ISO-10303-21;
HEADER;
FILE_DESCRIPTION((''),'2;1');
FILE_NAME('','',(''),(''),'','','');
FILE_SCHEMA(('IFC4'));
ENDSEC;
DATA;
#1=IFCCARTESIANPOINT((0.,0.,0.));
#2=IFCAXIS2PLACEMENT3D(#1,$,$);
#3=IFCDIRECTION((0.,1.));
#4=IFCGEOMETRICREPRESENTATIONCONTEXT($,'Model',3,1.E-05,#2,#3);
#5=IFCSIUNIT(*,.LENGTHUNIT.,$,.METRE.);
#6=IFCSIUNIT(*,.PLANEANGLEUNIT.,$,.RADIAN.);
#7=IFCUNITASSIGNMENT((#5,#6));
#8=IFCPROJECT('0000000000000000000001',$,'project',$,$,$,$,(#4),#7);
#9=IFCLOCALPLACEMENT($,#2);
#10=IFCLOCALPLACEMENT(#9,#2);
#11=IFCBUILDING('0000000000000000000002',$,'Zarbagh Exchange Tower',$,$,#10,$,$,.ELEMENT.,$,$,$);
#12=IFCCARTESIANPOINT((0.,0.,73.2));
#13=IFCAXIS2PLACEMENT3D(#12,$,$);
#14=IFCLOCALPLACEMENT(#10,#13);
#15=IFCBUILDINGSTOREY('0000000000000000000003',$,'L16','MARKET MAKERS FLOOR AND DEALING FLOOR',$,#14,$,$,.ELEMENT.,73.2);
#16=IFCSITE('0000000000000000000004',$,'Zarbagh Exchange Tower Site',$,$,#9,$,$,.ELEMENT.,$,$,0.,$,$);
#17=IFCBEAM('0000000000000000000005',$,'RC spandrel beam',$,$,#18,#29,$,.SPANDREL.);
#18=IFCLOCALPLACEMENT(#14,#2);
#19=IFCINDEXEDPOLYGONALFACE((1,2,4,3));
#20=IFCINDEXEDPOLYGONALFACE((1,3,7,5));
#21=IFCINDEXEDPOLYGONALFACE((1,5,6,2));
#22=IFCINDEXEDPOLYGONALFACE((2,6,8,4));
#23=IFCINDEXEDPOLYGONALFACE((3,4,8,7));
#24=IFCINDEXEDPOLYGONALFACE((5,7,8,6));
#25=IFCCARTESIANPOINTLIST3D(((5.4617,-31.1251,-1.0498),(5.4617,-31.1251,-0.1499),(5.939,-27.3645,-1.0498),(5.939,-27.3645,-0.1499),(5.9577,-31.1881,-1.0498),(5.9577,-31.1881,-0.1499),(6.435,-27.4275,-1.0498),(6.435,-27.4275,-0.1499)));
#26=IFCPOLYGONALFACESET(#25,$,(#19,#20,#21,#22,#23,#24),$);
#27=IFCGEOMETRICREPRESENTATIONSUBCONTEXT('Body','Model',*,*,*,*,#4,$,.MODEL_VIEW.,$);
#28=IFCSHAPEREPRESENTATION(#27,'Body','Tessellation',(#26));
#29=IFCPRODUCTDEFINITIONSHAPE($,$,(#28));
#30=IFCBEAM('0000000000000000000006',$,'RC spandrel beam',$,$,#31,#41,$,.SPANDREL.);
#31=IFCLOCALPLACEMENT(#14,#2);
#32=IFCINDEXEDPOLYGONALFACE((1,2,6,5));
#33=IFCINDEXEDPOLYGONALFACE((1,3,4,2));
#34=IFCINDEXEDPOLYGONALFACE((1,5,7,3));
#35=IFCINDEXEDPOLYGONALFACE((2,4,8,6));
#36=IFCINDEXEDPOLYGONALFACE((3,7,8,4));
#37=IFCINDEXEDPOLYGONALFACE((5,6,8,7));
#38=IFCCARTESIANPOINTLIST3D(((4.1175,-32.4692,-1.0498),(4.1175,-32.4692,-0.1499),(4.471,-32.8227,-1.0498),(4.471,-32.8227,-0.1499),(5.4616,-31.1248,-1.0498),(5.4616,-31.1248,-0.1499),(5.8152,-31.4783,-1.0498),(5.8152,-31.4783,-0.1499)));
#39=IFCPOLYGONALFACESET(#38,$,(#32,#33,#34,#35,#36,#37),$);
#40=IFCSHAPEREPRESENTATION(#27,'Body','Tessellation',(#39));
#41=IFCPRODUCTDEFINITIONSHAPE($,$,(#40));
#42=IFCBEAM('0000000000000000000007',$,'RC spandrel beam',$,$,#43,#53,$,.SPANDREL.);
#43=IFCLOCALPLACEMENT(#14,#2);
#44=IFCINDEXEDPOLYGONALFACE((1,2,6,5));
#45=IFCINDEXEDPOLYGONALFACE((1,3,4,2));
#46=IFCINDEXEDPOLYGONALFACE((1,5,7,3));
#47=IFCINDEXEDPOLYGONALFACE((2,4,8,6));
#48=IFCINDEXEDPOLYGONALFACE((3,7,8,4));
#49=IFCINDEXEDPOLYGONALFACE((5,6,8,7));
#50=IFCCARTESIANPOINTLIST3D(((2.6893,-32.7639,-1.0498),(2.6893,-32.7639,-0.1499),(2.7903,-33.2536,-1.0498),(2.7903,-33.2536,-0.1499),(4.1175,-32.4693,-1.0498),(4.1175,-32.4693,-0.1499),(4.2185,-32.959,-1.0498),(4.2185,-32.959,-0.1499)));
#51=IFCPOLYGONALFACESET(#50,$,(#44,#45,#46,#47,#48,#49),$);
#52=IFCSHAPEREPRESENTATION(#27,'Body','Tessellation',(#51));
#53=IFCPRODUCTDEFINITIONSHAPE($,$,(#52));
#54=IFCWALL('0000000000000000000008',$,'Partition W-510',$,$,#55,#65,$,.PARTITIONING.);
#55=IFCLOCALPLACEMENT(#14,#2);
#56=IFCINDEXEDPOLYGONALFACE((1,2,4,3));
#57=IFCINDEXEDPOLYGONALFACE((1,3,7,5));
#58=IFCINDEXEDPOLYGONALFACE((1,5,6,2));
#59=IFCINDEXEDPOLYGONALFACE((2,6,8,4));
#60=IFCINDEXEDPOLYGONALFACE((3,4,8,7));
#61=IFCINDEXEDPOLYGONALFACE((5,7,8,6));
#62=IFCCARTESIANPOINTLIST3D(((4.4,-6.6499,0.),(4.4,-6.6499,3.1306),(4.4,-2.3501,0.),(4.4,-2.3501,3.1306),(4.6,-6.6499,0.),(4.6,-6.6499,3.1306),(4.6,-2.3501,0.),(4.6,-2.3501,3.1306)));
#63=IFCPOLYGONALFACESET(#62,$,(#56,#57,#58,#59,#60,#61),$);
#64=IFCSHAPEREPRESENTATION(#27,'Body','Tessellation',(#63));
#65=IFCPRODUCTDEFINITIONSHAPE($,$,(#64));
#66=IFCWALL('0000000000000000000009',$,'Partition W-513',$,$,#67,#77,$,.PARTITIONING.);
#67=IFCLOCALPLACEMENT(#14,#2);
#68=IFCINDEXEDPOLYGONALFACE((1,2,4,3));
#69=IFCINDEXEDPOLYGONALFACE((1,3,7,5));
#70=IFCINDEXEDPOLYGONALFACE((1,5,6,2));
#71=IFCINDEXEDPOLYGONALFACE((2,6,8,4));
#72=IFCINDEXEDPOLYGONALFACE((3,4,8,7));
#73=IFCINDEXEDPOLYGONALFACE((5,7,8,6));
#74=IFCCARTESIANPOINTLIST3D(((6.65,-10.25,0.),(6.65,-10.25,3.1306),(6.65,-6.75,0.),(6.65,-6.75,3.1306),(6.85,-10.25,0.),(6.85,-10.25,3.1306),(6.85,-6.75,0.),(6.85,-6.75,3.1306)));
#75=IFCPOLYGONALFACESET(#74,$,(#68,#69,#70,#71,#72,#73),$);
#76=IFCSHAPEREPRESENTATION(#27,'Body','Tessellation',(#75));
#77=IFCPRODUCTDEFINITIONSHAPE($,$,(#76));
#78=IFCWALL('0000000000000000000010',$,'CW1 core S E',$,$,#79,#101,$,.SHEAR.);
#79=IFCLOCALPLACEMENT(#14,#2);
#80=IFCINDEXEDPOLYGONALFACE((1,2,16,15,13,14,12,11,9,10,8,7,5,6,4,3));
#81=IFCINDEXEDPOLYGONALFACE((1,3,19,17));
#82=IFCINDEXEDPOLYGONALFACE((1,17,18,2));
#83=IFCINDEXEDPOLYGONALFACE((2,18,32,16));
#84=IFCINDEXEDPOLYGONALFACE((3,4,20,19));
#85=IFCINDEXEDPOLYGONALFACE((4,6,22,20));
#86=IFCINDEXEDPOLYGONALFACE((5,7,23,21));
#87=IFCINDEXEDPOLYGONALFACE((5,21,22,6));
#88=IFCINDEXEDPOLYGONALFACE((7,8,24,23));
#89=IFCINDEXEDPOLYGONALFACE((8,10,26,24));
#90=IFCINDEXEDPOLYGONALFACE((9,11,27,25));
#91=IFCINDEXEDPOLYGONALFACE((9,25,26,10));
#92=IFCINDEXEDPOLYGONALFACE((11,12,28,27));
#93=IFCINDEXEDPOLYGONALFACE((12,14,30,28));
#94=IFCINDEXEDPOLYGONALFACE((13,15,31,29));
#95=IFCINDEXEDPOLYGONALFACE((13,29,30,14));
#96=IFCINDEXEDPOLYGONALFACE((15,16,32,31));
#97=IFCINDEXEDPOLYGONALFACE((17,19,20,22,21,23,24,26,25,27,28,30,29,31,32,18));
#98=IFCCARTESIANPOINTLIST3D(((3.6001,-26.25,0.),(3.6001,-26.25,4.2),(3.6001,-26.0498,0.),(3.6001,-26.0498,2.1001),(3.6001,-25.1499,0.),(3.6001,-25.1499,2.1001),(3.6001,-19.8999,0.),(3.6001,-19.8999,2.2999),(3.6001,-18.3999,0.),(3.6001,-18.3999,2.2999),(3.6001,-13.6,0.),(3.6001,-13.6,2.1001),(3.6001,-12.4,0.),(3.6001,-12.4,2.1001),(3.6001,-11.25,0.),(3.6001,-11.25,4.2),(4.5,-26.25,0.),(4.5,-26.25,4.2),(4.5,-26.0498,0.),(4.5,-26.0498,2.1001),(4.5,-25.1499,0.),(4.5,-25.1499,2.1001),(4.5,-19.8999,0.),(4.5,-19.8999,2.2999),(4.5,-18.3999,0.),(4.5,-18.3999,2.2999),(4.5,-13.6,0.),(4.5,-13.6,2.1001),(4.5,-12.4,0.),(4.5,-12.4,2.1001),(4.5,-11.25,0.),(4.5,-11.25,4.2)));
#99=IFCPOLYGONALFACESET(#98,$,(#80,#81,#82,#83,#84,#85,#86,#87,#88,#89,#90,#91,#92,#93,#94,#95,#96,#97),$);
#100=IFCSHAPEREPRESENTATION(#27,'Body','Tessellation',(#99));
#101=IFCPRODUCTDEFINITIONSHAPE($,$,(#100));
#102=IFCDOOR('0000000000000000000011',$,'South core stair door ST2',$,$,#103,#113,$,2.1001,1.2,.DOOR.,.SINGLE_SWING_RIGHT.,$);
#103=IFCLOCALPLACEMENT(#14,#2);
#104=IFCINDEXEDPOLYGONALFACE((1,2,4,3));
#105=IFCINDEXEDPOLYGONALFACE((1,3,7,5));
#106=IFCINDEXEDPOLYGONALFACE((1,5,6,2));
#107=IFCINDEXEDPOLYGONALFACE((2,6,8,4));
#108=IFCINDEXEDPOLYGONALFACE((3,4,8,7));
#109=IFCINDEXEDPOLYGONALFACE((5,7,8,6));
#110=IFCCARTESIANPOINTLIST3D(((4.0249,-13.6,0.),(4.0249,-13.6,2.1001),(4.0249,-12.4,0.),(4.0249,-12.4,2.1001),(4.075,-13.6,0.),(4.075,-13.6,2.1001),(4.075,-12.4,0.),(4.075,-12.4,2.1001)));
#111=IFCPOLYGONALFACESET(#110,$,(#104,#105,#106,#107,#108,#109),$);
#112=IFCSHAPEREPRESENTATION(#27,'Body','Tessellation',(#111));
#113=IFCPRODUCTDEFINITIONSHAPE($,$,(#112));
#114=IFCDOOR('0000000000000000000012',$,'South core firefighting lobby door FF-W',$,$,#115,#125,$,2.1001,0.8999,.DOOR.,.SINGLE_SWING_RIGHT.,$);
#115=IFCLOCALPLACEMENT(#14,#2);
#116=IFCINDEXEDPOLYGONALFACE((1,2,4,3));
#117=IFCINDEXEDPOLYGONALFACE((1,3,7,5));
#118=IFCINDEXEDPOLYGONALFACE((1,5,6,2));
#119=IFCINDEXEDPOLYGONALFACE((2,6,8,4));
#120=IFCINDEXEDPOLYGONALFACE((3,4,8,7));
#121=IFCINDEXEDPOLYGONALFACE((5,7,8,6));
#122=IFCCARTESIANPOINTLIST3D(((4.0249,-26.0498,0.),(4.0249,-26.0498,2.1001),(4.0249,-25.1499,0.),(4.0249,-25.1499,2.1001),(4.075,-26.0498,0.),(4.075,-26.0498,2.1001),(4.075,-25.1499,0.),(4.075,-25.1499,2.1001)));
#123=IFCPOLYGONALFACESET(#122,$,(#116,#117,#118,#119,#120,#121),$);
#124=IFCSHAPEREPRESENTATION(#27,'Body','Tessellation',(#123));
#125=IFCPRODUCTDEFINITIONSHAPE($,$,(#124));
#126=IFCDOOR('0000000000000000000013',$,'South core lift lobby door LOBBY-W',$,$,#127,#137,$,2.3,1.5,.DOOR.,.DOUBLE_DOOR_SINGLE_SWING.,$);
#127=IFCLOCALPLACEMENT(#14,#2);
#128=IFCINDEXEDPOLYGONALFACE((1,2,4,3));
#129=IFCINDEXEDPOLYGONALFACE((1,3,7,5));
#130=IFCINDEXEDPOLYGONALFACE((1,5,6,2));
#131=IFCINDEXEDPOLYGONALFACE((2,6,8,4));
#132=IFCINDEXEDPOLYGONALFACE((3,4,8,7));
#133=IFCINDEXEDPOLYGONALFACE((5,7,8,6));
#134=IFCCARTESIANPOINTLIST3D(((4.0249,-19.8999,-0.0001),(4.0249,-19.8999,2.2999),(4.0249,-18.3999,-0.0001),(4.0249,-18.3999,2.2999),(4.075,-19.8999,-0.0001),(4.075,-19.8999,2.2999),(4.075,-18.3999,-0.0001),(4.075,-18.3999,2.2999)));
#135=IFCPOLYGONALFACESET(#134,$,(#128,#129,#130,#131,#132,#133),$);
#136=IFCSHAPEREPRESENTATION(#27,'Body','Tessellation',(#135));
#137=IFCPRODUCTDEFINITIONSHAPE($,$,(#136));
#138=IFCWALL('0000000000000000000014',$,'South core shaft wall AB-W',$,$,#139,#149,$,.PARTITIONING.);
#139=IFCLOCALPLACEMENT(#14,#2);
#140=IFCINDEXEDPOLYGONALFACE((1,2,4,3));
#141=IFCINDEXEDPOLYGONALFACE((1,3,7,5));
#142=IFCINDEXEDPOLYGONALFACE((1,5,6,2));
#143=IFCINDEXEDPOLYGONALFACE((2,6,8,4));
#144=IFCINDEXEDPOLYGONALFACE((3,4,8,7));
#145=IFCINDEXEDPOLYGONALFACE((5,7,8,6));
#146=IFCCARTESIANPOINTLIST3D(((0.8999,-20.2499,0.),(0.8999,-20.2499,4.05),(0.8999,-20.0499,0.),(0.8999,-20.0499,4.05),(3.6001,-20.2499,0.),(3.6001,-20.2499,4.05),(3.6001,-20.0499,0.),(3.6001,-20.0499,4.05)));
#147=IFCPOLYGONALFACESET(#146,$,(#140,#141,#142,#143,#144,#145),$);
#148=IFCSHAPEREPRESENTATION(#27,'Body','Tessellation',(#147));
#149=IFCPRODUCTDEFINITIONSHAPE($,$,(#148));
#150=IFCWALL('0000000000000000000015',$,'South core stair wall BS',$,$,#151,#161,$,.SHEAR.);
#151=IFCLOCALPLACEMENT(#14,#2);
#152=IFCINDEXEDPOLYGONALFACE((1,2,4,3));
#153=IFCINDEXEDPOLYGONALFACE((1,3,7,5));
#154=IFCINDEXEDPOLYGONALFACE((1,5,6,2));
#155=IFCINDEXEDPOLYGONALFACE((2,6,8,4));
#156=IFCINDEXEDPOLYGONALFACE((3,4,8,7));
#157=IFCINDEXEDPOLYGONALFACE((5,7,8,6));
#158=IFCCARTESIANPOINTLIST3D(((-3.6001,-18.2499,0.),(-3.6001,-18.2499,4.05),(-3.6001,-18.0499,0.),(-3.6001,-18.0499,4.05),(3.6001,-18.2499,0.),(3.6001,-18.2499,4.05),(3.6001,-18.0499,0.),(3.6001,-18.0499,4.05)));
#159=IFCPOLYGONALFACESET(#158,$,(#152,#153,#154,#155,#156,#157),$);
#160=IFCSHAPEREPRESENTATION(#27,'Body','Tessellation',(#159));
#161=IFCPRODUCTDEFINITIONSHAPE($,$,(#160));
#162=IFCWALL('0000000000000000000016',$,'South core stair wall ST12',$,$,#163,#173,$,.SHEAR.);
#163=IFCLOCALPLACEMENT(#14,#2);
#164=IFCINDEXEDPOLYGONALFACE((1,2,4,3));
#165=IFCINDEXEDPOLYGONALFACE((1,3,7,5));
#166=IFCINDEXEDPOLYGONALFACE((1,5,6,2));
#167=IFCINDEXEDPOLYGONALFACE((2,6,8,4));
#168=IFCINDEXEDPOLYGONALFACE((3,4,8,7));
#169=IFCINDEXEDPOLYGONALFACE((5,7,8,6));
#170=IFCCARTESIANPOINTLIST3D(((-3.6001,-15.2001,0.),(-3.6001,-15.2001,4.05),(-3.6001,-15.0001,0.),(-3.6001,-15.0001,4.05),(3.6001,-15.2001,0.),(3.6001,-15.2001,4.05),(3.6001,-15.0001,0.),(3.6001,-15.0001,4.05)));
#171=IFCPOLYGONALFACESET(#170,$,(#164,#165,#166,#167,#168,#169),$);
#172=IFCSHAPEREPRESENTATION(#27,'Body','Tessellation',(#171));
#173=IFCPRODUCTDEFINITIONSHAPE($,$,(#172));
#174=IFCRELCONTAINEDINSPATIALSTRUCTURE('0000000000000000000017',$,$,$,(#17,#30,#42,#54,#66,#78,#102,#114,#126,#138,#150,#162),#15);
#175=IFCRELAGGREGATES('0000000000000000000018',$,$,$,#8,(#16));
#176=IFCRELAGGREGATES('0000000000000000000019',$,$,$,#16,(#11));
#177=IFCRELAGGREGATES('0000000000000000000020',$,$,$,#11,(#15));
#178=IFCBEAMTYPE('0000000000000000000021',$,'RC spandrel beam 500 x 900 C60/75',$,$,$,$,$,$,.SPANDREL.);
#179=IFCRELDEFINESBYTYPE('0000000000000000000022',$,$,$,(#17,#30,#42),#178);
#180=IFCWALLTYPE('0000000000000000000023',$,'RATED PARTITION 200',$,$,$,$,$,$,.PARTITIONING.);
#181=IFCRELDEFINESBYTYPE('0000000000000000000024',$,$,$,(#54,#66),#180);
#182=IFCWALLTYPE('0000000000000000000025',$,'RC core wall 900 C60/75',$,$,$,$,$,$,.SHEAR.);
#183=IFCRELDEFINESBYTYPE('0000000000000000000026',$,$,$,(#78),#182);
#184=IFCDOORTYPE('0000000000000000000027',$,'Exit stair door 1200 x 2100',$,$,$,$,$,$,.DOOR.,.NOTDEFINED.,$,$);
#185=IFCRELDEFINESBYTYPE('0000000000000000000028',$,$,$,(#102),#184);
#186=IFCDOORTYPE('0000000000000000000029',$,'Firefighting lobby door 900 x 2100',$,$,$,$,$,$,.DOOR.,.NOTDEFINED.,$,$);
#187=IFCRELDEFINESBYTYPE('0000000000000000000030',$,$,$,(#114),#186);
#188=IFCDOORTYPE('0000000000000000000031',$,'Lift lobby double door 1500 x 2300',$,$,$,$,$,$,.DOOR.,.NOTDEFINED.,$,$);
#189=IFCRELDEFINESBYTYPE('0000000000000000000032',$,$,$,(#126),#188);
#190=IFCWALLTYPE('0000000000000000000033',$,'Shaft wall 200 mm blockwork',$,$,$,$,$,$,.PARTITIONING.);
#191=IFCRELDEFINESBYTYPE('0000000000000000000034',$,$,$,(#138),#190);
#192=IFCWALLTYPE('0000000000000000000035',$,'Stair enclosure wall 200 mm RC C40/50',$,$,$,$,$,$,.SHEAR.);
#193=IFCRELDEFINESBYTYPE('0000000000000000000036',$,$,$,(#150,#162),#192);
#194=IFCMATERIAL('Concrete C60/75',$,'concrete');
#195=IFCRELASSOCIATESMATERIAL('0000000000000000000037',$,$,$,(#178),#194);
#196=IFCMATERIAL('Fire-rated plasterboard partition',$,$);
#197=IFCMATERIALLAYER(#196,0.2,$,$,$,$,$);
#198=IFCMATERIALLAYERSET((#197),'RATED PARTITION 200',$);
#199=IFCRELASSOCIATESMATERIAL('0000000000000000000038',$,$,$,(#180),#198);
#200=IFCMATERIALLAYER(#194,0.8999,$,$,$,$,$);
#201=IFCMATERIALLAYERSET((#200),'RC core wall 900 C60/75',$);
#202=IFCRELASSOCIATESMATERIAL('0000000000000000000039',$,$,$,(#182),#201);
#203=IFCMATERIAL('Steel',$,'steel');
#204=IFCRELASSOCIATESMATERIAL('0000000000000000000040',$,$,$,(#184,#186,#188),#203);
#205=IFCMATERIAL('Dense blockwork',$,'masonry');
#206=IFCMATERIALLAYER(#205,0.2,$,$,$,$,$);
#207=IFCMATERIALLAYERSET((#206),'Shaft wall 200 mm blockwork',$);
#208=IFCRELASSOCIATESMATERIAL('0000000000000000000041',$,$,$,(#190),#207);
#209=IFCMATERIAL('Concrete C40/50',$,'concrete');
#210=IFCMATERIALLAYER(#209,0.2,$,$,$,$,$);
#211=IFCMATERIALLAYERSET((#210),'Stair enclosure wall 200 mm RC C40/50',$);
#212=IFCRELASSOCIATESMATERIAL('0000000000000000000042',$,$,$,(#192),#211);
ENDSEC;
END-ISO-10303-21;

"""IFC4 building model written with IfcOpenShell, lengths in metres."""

from ifc_helpers import new_model, si_unit, direction, frame, frame_2d, origin, origin_2d, place, context, subcontext, project, spatial, rectangle, extrude, material, layer, layer_set, material_profile, profile_set, type_object, element, fill, save


model = new_model("IFC4")

# Units and contexts
model_context = context("Model", 3, precision=1e-05, world=origin(), true_north=direction((0.0, 1.0)))
body_context = subcontext(model_context, "Body", "Model", "MODEL_VIEW")
ifc_project = project(units=[si_unit("LENGTHUNIT", "METRE"), si_unit("PLANEANGLEUNIT", "RADIAN")], contexts=[model_context])

# Site, building, storey
site_placement = place(None, origin())
site = spatial("IfcSite", under=ifc_project, at=site_placement, Name="Zarbagh Exchange Tower Site", CompositionType="ELEMENT", RefElevation=0.0)
building_placement = place(site_placement, origin())
building = spatial("IfcBuilding", under=site, at=building_placement, Name="Zarbagh Exchange Tower", CompositionType="ELEMENT")
storey_placement = place(building_placement, frame((0.0, 0.0, 73.2)))
storey = spatial("IfcBuildingStorey", under=building, at=storey_placement, Name="L16", Description="MARKET MAKERS FLOOR AND DEALING FLOOR", CompositionType="ELEMENT", Elevation=73.2)

# Shared definitions
ifc_material_1 = material(Name="Concrete C60/75", Category="concrete")

# Beams
ifc_material_profile_1 = material_profile(ifc_material_1, rectangle(XDim=0.5, YDim=0.8999, at=origin_2d()), Name="RC spandrel beam 500 x 900 C60/75")
ifc_profile_set_1 = profile_set([ifc_material_profile_1], Name="Concrete C60/75")
beam_type_1 = type_object("IfcBeamType", Name="RC spandrel beam 500 x 900 C60/75", PredefinedType="SPANDREL", material=ifc_profile_set_1)
beam_1_placement = place(storey_placement, frame((6.187, -27.396, -0.5999), z_axis=(-0.125913, -0.992041, 0.0), x_axis=(0.992041, -0.125913, 0.0)))
element("IfcBeam", 1, at=beam_1_placement, inside=storey, type_object=beam_type_1, Name="RC spandrel beam", PredefinedType="SPANDREL", context=body_context, shape_type="SweptSolid", body=[
    extrude(rectangle(XDim=0.5, YDim=0.8999, at=origin_2d()), origin(), (0.0, 0.0, 1.0), 3.7908),
])
beam_2_placement = place(storey_placement, frame((5.6384, -31.3015, -0.5999), z_axis=(-0.707043, -0.707171, 0.0), x_axis=(0.707171, -0.707043, 0.0)))
element("IfcBeam", 2, at=beam_2_placement, inside=storey, type_object=beam_type_1, Name="RC spandrel beam", PredefinedType="SPANDREL", context=body_context, shape_type="SweptSolid", body=[
    extrude(rectangle(XDim=0.5, YDim=0.8999, at=origin_2d()), origin(), (0.0, 0.0, 1.0), 1.9011),
])
beam_3_placement = place(storey_placement, frame((4.168, -32.7141, -0.5999), z_axis=(-0.979371, -0.202069, 0.0), x_axis=(0.202069, -0.979371, 0.0)))
element("IfcBeam", 3, at=beam_3_placement, inside=storey, type_object=beam_type_1, Name="RC spandrel beam", PredefinedType="SPANDREL", context=body_context, shape_type="SweptSolid", body=[
    extrude(rectangle(XDim=0.5, YDim=0.8999, at=origin_2d()), origin(), (0.0, 0.0, 1.0), 1.4583),
])

# Walls
ifc_material_2 = material(Name="Fire-rated plasterboard partition")
ifc_layer_1 = layer(ifc_material_2, 0.2)
ifc_layer_set_1 = layer_set([ifc_layer_1], Name="RATED PARTITION 200")
wall_type_1 = type_object("IfcWallType", Name="RATED PARTITION 200", PredefinedType="PARTITIONING", material=ifc_layer_set_1)
wall_1_placement = place(storey_placement, frame((4.5, -6.6499, 0.0), z_axis=(0.0, 0.0, 1.0), x_axis=(0.0, 1.0, 0.0)))
element("IfcWall", 4, at=wall_1_placement, inside=storey, type_object=wall_type_1, Name="Partition W-510", PredefinedType="PARTITIONING", context=body_context, shape_type="SweptSolid", body=[
    extrude(rectangle(XDim=4.2998, YDim=0.2, at=frame_2d((2.1499, 0.0))), origin(), (0.0, 0.0, 1.0), 3.1306),
])
wall_2_placement = place(storey_placement, frame((6.75, -10.25, 0.0), z_axis=(0.0, 0.0, 1.0), x_axis=(0.0, 1.0, 0.0)))
element("IfcWall", 5, at=wall_2_placement, inside=storey, type_object=wall_type_1, Name="Partition W-513", PredefinedType="PARTITIONING", context=body_context, shape_type="SweptSolid", body=[
    extrude(rectangle(XDim=3.5, YDim=0.2, at=frame_2d((1.75, 0.0))), origin(), (0.0, 0.0, 1.0), 3.1306),
])

# Wall, openings, doors
ifc_layer_2 = layer(ifc_material_1, 0.8999)
ifc_layer_set_2 = layer_set([ifc_layer_2], Name="RC core wall 900 C60/75")
wall_type_2 = type_object("IfcWallType", Name="RC core wall 900 C60/75", PredefinedType="SHEAR", material=ifc_layer_set_2)
wall_3_placement = place(storey_placement, frame((4.05, -11.25, 0.0), z_axis=(0.0, 0.0, 1.0), x_axis=(0.0, -1.0, 0.0)))
wall_3 = element("IfcWall", 6, at=wall_3_placement, inside=storey, type_object=wall_type_2, Name="CW1 core S E", PredefinedType="SHEAR", context=body_context, shape_type="SweptSolid", body=[
    extrude(rectangle(XDim=15.0, YDim=0.8999, at=frame_2d((7.5, 0.0))), origin(), (0.0, 0.0, 1.0), 4.2),
])
opening_1_placement = place(wall_3_placement, frame((7.1499, 0.0, 0.0)))
opening_1 = element("IfcOpeningElement", 7, at=opening_1_placement, cuts=wall_3, PredefinedType="OPENING", context=body_context, shape_type="SweptSolid", body=[
    extrude(rectangle(XDim=1.5, YDim=2.3, at=frame_2d((0.75, 1.1499))), frame((0.0, 0.46, 0.0), z_axis=(0.0, -1.0, 0.0), x_axis=(1.0, 0.0, 0.0)), (0.0, 0.0, 1.0), 0.9199),
])
opening_2_placement = place(wall_3_placement, frame((13.8999, 0.0, 0.0)))
opening_2 = element("IfcOpeningElement", 8, at=opening_2_placement, cuts=wall_3, PredefinedType="OPENING", context=body_context, shape_type="SweptSolid", body=[
    extrude(rectangle(XDim=0.8999, YDim=2.1001, at=frame_2d((0.45, 1.05))), frame((0.0, 0.46, 0.0), z_axis=(0.0, -1.0, 0.0), x_axis=(1.0, 0.0, 0.0)), (0.0, 0.0, 1.0), 0.9199),
])
opening_3_placement = place(wall_3_placement, frame((1.1499, 0.0, 0.0)))
opening_3 = element("IfcOpeningElement", 9, at=opening_3_placement, cuts=wall_3, PredefinedType="OPENING", context=body_context, shape_type="SweptSolid", body=[
    extrude(rectangle(XDim=1.2, YDim=2.1001, at=frame_2d((0.6001, 1.05))), frame((0.0, 0.46, 0.0), z_axis=(0.0, -1.0, 0.0), x_axis=(1.0, 0.0, 0.0)), (0.0, 0.0, 1.0), 0.9199),
])
ifc_material_3 = material(Name="Steel", Category="steel")
door_type_1 = type_object("IfcDoorType", Name="Exit stair door 1200 x 2100", OperationType="NOTDEFINED", PredefinedType="DOOR", material=ifc_material_3)
door_1_placement = place(opening_3_placement, origin())
door_1 = element("IfcDoor", 10, at=door_1_placement, inside=storey, type_object=door_type_1, Name="South core stair door ST2", OperationType="SINGLE_SWING_RIGHT", OverallHeight=2.1001, OverallWidth=1.2, PredefinedType="DOOR", context=body_context, shape_type="SweptSolid", body=[
    extrude(rectangle(XDim=1.2, YDim=2.1001, at=frame_2d((0.6001, 1.05))), frame((0.0, 0.0249, 0.0), z_axis=(0.0, -1.0, 0.0), x_axis=(1.0, 0.0, 0.0)), (0.0, 0.0, 1.0), 0.05),
])
fill(opening_3, door_1)
door_type_2 = type_object("IfcDoorType", Name="Firefighting lobby door 900 x 2100", OperationType="NOTDEFINED", PredefinedType="DOOR", material=ifc_material_3)
door_2_placement = place(opening_2_placement, origin())
door_2 = element("IfcDoor", 11, at=door_2_placement, inside=storey, type_object=door_type_2, Name="South core firefighting lobby door FF-W", OperationType="SINGLE_SWING_RIGHT", OverallHeight=2.1001, OverallWidth=0.8999, PredefinedType="DOOR", context=body_context, shape_type="SweptSolid", body=[
    extrude(rectangle(XDim=0.8999, YDim=2.1001, at=frame_2d((0.45, 1.05))), frame((0.0, 0.0249, 0.0), z_axis=(0.0, -1.0, 0.0), x_axis=(1.0, 0.0, 0.0)), (0.0, 0.0, 1.0), 0.05),
])
fill(opening_2, door_2)
door_type_3 = type_object("IfcDoorType", Name="Lift lobby double door 1500 x 2300", OperationType="NOTDEFINED", PredefinedType="DOOR", material=ifc_material_3)
door_3_placement = place(opening_1_placement, origin())
door_3 = element("IfcDoor", 12, at=door_3_placement, inside=storey, type_object=door_type_3, Name="South core lift lobby door LOBBY-W", OperationType="DOUBLE_DOOR_SINGLE_SWING", OverallHeight=2.3, OverallWidth=1.5, PredefinedType="DOOR", context=body_context, shape_type="SweptSolid", body=[
    extrude(rectangle(XDim=1.5, YDim=2.3, at=frame_2d((0.75, 1.1499))), frame((0.0, 0.0249, 0.0), z_axis=(0.0, -1.0, 0.0), x_axis=(1.0, 0.0, 0.0)), (0.0, 0.0, 1.0), 0.05),
])
fill(opening_1, door_3)

# Walls
ifc_material_4 = material(Name="Dense blockwork", Category="masonry")
ifc_layer_3 = layer(ifc_material_4, 0.2)
ifc_layer_set_3 = layer_set([ifc_layer_3], Name="Shaft wall 200 mm blockwork")
wall_type_3 = type_object("IfcWallType", Name="Shaft wall 200 mm blockwork", PredefinedType="PARTITIONING", material=ifc_layer_set_3)
wall_4_placement = place(storey_placement, frame((3.6001, -20.1499, 0.0), z_axis=(0.0, 0.0, 1.0), x_axis=(-1.0, 0.0, 0.0)))
element("IfcWall", 13, at=wall_4_placement, inside=storey, type_object=wall_type_3, Name="South core shaft wall AB-W", PredefinedType="PARTITIONING", context=body_context, shape_type="SweptSolid", body=[
    extrude(rectangle(XDim=2.7002, YDim=0.2, at=frame_2d((1.3501, 0.0))), origin(), (0.0, 0.0, 1.0), 4.05),
])
ifc_material_5 = material(Name="Concrete C40/50", Category="concrete")
ifc_layer_4 = layer(ifc_material_5, 0.2)
ifc_layer_set_4 = layer_set([ifc_layer_4], Name="Stair enclosure wall 200 mm RC C40/50")
wall_type_4 = type_object("IfcWallType", Name="Stair enclosure wall 200 mm RC C40/50", PredefinedType="SHEAR", material=ifc_layer_set_4)
for number, where, z_axis, x_axis, name in (
    (14, (3.6001, -18.1499, 0.0), (0.0, 0.0, 1.0), (-1.0, 0.0, 0.0), "South core stair wall BS"),
    (15, (3.6001, -15.1001, 0.0), (0.0, 0.0, 1.0), (-1.0, 0.0, 0.0), "South core stair wall ST12"),
):
    element("IfcWall", number, at=place(storey_placement, frame(where, z_axis=z_axis, x_axis=x_axis)), inside=storey, type_object=wall_type_4, Name=name, PredefinedType="SHEAR", context=body_context, shape_type="SweptSolid", body=[
        extrude(rectangle(XDim=7.2002, YDim=0.2, at=frame_2d((3.6001, 0.0))), origin(), (0.0, 0.0, 1.0), 4.05),
    ])

save(model, "model.ifc")
